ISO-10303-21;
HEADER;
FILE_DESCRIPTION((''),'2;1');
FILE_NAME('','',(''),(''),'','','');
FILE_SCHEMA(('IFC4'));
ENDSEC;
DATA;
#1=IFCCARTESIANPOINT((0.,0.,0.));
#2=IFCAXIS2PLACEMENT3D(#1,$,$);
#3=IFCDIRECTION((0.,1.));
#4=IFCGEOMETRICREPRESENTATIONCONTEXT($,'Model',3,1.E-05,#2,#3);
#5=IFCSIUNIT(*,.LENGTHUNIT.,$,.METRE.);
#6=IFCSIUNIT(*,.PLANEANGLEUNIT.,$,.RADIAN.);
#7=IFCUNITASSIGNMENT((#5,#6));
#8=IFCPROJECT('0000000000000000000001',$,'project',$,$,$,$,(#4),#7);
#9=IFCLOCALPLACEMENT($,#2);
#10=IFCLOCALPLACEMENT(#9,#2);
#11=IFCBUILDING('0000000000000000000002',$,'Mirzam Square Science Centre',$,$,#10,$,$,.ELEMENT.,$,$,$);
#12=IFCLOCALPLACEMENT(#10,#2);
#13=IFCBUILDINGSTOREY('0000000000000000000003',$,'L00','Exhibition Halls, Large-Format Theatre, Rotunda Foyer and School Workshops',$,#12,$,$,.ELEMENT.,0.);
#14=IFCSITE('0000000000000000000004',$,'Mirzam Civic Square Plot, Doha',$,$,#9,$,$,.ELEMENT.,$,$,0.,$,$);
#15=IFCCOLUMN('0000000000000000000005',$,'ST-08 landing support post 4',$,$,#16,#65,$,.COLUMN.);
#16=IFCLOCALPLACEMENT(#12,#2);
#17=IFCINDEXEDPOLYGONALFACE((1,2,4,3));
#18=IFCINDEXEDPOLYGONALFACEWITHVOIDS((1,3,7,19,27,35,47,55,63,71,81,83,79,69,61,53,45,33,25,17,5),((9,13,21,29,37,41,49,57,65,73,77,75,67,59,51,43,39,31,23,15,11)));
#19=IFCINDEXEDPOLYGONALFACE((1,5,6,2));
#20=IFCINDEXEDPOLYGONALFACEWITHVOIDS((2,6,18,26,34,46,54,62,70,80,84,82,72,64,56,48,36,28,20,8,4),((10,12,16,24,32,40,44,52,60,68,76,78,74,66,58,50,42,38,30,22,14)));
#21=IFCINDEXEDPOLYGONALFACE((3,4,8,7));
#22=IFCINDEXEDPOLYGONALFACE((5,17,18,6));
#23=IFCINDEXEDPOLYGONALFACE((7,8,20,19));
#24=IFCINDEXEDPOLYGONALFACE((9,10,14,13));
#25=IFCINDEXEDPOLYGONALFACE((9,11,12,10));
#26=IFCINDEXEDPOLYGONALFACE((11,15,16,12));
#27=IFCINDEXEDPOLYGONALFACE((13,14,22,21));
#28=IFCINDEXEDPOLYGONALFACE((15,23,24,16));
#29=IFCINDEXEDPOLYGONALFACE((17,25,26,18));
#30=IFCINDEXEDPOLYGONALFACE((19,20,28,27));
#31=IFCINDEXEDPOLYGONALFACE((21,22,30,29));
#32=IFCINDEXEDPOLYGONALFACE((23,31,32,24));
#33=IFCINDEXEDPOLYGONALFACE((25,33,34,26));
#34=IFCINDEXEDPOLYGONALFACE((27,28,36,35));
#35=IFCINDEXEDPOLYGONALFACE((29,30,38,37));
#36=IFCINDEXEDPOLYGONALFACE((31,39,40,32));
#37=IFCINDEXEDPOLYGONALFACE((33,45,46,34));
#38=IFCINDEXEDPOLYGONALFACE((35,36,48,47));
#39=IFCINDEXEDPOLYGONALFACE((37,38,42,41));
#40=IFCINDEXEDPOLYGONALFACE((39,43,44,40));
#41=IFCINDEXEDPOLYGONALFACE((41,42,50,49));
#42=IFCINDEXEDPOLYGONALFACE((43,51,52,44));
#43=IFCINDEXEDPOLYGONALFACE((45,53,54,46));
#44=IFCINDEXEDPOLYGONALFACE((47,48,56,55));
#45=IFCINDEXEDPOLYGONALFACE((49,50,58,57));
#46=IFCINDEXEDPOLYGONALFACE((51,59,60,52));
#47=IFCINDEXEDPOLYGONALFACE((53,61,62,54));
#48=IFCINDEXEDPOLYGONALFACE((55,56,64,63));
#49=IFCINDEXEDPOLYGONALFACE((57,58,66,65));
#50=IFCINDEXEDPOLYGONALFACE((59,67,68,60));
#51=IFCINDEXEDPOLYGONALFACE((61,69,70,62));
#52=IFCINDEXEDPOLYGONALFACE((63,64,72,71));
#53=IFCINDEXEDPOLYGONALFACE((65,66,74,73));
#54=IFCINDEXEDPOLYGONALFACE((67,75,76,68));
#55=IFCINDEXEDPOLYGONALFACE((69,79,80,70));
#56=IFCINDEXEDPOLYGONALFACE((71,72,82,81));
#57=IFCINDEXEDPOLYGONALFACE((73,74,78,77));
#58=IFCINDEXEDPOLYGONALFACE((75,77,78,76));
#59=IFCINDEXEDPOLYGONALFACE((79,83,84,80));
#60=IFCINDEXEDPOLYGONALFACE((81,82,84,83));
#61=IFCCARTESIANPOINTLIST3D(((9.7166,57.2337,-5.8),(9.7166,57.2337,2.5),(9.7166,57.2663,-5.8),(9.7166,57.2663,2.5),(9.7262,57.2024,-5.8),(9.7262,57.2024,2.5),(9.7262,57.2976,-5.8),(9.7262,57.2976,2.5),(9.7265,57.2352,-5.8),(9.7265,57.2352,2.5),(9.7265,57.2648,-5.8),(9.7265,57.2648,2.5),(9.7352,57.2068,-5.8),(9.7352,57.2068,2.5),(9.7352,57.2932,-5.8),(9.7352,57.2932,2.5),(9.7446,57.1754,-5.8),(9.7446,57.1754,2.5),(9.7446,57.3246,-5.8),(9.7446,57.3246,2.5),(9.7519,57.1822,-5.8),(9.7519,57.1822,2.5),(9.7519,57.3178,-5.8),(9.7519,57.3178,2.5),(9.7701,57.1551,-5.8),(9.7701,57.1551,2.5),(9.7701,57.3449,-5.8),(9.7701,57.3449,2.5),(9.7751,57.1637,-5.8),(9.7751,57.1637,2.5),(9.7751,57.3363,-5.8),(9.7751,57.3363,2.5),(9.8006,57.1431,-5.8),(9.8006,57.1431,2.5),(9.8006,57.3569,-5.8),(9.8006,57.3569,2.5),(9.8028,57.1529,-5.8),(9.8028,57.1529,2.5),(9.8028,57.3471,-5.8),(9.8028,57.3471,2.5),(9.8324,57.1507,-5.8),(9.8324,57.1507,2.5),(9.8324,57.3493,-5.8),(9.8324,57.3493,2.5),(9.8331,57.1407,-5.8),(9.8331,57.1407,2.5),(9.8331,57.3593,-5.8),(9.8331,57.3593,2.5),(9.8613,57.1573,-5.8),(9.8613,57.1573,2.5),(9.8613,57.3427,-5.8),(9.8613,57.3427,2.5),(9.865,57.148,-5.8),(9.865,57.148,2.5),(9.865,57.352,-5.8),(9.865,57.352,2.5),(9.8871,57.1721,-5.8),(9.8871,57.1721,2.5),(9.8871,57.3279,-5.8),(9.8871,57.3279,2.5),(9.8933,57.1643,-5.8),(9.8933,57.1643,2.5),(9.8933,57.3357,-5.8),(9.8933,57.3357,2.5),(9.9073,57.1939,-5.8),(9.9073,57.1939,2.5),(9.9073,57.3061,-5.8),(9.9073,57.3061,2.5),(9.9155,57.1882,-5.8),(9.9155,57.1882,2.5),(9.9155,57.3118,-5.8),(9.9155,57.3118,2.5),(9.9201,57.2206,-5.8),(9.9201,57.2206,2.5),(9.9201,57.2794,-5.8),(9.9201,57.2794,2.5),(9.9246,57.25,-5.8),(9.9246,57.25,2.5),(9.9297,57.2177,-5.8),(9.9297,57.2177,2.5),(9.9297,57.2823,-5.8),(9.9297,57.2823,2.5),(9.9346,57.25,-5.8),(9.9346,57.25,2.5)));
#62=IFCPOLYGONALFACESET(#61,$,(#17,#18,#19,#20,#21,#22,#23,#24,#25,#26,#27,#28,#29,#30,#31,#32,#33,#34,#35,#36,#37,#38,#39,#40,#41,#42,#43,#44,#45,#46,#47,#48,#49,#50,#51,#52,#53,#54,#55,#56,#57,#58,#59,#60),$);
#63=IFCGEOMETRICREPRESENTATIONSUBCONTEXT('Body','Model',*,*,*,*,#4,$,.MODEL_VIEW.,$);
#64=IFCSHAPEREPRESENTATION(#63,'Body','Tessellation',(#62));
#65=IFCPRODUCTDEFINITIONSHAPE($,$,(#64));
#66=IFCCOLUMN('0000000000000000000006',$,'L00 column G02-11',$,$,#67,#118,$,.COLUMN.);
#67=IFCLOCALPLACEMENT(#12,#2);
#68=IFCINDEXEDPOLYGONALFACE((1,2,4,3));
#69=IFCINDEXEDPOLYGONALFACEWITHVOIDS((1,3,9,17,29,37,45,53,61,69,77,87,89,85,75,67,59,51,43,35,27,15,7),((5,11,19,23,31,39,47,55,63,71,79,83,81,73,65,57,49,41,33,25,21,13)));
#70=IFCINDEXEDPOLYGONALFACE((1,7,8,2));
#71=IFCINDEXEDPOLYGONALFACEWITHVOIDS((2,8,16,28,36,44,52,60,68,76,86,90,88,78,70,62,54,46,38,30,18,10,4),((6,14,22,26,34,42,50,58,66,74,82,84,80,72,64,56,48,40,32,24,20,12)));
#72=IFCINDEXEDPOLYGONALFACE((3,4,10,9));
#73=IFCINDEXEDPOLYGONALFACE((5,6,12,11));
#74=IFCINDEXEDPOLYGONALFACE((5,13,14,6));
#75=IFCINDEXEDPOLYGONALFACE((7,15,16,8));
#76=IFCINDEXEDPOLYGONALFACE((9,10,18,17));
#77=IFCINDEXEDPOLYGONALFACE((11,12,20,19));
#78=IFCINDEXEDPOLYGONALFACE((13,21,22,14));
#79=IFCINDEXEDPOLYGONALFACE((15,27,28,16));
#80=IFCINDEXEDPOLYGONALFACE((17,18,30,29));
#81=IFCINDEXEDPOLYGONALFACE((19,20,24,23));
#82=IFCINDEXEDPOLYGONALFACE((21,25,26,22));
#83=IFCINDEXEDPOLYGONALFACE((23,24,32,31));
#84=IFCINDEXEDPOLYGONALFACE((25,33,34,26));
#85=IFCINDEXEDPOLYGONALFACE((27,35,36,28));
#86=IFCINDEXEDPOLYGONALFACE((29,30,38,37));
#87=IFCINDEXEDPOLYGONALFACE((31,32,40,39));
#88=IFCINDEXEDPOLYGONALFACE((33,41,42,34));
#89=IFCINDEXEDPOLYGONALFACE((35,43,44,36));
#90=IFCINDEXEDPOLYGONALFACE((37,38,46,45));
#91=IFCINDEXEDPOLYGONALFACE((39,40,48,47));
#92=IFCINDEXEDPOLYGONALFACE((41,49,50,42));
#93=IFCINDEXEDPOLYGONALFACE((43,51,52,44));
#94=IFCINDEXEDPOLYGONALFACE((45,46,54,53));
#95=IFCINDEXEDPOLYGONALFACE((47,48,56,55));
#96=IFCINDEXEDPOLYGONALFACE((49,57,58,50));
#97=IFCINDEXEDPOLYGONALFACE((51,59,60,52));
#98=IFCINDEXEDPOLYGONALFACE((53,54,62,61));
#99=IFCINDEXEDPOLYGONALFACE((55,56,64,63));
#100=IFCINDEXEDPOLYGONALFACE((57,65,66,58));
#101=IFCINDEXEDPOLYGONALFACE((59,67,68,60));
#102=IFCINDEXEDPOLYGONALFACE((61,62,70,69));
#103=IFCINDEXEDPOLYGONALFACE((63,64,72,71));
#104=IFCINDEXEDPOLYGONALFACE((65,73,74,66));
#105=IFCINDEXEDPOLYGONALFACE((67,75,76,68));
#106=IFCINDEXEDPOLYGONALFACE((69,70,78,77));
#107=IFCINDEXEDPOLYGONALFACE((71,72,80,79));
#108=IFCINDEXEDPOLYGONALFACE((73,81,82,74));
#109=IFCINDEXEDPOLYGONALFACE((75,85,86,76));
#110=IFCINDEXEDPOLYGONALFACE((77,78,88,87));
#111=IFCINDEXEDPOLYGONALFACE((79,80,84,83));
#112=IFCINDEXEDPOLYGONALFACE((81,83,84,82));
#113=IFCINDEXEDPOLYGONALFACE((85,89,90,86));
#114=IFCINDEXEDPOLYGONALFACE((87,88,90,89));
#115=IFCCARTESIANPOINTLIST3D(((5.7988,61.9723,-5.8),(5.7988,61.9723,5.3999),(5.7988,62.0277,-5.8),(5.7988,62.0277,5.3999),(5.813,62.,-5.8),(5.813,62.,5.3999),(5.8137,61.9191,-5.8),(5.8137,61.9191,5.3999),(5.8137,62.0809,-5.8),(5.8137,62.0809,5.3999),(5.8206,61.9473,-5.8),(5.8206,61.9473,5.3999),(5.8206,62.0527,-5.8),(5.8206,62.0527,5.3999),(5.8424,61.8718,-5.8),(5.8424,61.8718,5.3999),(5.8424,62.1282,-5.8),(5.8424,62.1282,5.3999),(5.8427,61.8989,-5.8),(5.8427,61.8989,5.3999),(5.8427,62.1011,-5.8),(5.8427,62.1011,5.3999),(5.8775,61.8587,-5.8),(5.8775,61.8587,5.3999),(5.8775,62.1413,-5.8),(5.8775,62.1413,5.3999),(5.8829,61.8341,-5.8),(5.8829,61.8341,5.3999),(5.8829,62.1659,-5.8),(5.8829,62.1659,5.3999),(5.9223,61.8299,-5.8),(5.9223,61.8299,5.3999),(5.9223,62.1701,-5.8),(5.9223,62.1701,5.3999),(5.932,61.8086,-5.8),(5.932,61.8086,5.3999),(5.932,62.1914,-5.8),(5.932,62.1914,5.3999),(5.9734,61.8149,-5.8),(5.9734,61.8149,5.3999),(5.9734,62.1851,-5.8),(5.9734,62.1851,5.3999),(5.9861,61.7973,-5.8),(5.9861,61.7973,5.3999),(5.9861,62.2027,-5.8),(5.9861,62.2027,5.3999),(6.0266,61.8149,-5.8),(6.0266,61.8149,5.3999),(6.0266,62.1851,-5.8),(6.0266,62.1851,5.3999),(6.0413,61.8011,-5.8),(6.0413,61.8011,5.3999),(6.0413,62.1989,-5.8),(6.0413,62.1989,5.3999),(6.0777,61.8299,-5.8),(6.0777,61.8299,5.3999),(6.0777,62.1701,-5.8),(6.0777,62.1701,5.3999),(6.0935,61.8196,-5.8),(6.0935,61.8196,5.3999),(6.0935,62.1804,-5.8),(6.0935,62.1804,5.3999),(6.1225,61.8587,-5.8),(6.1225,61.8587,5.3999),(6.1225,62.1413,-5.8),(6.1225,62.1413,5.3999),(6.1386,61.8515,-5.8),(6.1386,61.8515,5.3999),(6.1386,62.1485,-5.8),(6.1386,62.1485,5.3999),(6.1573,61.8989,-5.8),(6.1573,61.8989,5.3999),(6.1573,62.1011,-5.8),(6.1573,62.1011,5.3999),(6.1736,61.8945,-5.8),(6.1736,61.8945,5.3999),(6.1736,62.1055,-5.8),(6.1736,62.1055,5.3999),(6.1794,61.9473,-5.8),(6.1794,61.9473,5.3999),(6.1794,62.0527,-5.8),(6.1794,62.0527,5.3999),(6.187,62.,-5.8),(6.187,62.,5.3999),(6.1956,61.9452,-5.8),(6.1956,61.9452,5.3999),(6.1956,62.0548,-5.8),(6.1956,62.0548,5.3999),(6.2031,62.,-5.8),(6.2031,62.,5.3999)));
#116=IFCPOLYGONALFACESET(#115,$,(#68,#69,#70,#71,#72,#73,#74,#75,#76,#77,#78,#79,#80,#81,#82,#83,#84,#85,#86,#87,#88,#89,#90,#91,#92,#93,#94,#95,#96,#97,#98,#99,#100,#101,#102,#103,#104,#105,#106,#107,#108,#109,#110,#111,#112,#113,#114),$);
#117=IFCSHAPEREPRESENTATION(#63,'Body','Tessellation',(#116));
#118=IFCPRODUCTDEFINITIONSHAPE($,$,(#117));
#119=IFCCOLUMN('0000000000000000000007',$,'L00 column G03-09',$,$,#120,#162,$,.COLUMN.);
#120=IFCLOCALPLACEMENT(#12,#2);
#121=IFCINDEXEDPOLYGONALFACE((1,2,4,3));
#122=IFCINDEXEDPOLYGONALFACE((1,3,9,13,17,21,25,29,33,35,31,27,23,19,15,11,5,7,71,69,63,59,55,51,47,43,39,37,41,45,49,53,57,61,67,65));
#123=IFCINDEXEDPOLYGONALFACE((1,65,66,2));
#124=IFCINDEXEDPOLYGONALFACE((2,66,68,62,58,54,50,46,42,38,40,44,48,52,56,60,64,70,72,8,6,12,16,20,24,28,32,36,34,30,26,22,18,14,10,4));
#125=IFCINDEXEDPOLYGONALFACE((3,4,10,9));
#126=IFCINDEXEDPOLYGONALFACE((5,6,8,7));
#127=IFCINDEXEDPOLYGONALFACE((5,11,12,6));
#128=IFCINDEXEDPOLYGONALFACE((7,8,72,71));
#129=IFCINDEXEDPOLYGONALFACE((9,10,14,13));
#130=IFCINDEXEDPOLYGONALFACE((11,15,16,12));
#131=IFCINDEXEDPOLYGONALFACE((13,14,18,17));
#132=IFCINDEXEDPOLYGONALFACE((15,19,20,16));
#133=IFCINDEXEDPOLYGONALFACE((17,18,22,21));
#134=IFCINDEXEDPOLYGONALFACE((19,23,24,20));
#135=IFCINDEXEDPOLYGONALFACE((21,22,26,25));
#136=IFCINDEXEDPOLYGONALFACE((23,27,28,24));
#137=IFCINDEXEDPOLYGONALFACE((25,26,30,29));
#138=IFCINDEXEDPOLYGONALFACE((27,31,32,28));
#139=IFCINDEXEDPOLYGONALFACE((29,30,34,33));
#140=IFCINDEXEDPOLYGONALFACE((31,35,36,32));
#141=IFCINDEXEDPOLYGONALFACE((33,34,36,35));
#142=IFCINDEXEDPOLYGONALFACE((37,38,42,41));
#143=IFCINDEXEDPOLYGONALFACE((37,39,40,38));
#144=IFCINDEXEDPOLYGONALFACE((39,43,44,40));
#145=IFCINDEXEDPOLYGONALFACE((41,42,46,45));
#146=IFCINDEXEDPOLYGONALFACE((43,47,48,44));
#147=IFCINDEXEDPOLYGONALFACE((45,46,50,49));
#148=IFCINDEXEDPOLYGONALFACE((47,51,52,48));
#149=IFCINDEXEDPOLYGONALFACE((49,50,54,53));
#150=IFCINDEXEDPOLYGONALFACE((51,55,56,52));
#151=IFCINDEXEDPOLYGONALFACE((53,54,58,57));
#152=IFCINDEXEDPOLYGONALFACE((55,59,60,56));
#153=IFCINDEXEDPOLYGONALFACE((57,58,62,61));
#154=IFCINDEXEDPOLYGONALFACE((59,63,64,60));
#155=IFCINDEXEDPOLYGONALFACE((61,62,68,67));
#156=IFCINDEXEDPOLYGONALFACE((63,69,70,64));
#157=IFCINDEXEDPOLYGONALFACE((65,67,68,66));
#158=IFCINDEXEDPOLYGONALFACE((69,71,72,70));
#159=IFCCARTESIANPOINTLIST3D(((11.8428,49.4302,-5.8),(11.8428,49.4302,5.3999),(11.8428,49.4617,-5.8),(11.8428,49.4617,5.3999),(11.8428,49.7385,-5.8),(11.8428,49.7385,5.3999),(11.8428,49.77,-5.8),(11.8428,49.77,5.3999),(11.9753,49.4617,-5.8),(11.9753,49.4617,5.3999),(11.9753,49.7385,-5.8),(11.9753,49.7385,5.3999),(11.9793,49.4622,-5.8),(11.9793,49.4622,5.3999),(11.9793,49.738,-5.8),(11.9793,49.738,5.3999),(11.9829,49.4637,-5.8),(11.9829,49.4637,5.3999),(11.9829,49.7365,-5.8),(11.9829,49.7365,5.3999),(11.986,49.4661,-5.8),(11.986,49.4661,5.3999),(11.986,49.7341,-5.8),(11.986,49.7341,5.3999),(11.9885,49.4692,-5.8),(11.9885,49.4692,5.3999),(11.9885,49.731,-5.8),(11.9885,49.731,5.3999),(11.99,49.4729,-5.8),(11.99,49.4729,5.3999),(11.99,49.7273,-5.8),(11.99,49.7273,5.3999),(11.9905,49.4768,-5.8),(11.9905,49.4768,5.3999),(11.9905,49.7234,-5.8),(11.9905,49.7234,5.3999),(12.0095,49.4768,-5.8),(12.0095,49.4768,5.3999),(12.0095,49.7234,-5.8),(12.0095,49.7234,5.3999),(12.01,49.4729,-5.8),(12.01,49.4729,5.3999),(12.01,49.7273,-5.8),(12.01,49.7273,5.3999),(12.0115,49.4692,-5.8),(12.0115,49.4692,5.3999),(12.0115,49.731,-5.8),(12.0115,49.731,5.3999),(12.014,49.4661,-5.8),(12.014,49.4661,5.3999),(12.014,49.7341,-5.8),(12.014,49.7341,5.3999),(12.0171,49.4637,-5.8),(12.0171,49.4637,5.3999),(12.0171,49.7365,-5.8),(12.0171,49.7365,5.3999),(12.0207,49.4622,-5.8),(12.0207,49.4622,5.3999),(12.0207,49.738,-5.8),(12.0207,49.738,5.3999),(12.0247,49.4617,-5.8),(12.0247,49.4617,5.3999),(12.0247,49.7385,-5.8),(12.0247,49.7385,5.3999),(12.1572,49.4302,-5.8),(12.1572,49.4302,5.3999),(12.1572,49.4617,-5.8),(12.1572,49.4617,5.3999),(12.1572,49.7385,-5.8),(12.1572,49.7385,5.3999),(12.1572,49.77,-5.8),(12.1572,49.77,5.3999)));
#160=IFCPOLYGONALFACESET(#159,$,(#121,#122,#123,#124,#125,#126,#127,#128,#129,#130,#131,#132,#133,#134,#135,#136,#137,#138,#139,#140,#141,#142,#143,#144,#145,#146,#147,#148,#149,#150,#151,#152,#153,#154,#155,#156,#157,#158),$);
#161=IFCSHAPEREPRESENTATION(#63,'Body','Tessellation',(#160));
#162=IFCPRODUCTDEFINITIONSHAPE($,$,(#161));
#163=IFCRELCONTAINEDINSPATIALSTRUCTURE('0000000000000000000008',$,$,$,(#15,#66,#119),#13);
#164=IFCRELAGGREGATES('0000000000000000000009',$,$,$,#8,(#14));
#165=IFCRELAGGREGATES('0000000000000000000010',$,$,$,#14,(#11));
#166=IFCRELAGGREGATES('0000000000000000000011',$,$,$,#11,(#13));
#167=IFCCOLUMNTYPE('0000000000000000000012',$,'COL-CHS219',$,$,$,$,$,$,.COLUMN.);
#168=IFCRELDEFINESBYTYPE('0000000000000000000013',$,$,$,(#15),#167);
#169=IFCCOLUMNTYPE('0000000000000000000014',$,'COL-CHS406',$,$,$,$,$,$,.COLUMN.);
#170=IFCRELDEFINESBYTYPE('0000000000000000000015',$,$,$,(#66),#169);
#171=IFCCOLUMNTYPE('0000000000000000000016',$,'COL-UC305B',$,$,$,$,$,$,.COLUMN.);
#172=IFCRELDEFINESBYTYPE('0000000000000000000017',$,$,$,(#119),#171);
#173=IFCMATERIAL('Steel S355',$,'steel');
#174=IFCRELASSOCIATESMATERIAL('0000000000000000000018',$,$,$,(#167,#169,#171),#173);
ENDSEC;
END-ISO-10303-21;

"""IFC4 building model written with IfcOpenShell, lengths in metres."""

from ifc_helpers import new_model, si_unit, direction, frame, origin, origin_2d, place, context, subcontext, project, spatial, hollow_circle, i_section, extrude, material, material_profile, profile_set, type_object, element, save


model = new_model("IFC4")

# Units and contexts
model_context = context("Model", 3, precision=1e-05, world=origin(), true_north=direction((0.0, 1.0)))
body_context = subcontext(model_context, "Body", "Model", "MODEL_VIEW")
ifc_project = project(units=[si_unit("LENGTHUNIT", "METRE"), si_unit("PLANEANGLEUNIT", "RADIAN")], contexts=[model_context])

# Site, building, storey
site_placement = place(None, origin())
site = spatial("IfcSite", under=ifc_project, at=site_placement, Name="Mirzam Civic Square Plot, Doha", CompositionType="ELEMENT", RefElevation=0.0)
building_placement = place(site_placement, origin())
building = spatial("IfcBuilding", under=site, at=building_placement, Name="Mirzam Square Science Centre", CompositionType="ELEMENT")
storey_placement = place(building_placement, origin())
storey = spatial("IfcBuildingStorey", under=building, at=storey_placement, Name="L00", Description="Exhibition Halls, Large-Format Theatre, Rotunda Foyer and School Workshops", CompositionType="ELEMENT", Elevation=0.0)

# Columns
ifc_material_1 = material(Name="Steel S355", Category="steel")
ifc_material_profile_1 = material_profile(ifc_material_1, hollow_circle(Radius=0.1096, WallThickness=0.01, at=origin_2d()), Name="219.1x10.0CHS")
ifc_profile_set_1 = profile_set([ifc_material_profile_1], Name="Steel S355")
column_type_1 = type_object("IfcColumnType", Name="COL-CHS219", PredefinedType="COLUMN", material=ifc_profile_set_1)
for number, where, z_axis, x_axis, name in (
    (1, (9.825, 57.25, -5.8), (0.0, 0.0, 1.0), (1.0, 0.0, 0.0), "ST-08 landing support post 4"),
):
    element("IfcColumn", number, at=place(storey_placement, frame(where, z_axis=z_axis, x_axis=x_axis)), inside=storey, type_object=column_type_1, Name=name, PredefinedType="COLUMN", context=body_context, shape_type="SweptSolid", body=[
        extrude(hollow_circle(Radius=0.1096, WallThickness=0.01, at=origin_2d()), origin(), (0.0, 0.0, 1.0), 8.3),
    ])
ifc_material_profile_2 = material_profile(ifc_material_1, hollow_circle(Radius=0.2031, WallThickness=0.0161, at=origin_2d()), Name="406.4x16.0CHS")
ifc_profile_set_2 = profile_set([ifc_material_profile_2], Name="Steel S355")
column_type_2 = type_object("IfcColumnType", Name="COL-CHS406", PredefinedType="COLUMN", material=ifc_profile_set_2)
column_1_placement = place(storey_placement, frame((6.0, 62.0, -5.8), z_axis=(0.0, 0.0, 1.0), x_axis=(1.0, 0.0, 0.0)))
element("IfcColumn", 2, at=column_1_placement, inside=storey, type_object=column_type_2, Name="L00 column G02-11", PredefinedType="COLUMN", context=body_context, shape_type="SweptSolid", body=[
    extrude(hollow_circle(Radius=0.2031, WallThickness=0.0161, at=origin_2d()), origin(), (0.0, 0.0, 1.0), 11.2),
])
ifc_material_profile_3 = material_profile(ifc_material_1, i_section(OverallWidth=0.3145, OverallDepth=0.3398, WebThickness=0.019, FlangeThickness=0.0315, FilletRadius=0.0151, at=origin_2d()), Name="305x305x198UC")
ifc_profile_set_3 = profile_set([ifc_material_profile_3], Name="Steel S355")
column_type_3 = type_object("IfcColumnType", Name="COL-UC305B", PredefinedType="COLUMN", material=ifc_profile_set_3)
column_2_placement = place(storey_placement, frame((12.0, 49.6001, -5.8), z_axis=(0.0, 0.0, 1.0), x_axis=(1.0, 0.0, 0.0)))
element("IfcColumn", 3, at=column_2_placement, inside=storey, type_object=column_type_3, Name="L00 column G03-09", PredefinedType="COLUMN", context=body_context, shape_type="SweptSolid", body=[
    extrude(i_section(OverallWidth=0.3145, OverallDepth=0.3398, WebThickness=0.019, FlangeThickness=0.0315, FilletRadius=0.0151, at=origin_2d()), origin(), (0.0, 0.0, 1.0), 11.2),
])

save(model, "model.ifc")
